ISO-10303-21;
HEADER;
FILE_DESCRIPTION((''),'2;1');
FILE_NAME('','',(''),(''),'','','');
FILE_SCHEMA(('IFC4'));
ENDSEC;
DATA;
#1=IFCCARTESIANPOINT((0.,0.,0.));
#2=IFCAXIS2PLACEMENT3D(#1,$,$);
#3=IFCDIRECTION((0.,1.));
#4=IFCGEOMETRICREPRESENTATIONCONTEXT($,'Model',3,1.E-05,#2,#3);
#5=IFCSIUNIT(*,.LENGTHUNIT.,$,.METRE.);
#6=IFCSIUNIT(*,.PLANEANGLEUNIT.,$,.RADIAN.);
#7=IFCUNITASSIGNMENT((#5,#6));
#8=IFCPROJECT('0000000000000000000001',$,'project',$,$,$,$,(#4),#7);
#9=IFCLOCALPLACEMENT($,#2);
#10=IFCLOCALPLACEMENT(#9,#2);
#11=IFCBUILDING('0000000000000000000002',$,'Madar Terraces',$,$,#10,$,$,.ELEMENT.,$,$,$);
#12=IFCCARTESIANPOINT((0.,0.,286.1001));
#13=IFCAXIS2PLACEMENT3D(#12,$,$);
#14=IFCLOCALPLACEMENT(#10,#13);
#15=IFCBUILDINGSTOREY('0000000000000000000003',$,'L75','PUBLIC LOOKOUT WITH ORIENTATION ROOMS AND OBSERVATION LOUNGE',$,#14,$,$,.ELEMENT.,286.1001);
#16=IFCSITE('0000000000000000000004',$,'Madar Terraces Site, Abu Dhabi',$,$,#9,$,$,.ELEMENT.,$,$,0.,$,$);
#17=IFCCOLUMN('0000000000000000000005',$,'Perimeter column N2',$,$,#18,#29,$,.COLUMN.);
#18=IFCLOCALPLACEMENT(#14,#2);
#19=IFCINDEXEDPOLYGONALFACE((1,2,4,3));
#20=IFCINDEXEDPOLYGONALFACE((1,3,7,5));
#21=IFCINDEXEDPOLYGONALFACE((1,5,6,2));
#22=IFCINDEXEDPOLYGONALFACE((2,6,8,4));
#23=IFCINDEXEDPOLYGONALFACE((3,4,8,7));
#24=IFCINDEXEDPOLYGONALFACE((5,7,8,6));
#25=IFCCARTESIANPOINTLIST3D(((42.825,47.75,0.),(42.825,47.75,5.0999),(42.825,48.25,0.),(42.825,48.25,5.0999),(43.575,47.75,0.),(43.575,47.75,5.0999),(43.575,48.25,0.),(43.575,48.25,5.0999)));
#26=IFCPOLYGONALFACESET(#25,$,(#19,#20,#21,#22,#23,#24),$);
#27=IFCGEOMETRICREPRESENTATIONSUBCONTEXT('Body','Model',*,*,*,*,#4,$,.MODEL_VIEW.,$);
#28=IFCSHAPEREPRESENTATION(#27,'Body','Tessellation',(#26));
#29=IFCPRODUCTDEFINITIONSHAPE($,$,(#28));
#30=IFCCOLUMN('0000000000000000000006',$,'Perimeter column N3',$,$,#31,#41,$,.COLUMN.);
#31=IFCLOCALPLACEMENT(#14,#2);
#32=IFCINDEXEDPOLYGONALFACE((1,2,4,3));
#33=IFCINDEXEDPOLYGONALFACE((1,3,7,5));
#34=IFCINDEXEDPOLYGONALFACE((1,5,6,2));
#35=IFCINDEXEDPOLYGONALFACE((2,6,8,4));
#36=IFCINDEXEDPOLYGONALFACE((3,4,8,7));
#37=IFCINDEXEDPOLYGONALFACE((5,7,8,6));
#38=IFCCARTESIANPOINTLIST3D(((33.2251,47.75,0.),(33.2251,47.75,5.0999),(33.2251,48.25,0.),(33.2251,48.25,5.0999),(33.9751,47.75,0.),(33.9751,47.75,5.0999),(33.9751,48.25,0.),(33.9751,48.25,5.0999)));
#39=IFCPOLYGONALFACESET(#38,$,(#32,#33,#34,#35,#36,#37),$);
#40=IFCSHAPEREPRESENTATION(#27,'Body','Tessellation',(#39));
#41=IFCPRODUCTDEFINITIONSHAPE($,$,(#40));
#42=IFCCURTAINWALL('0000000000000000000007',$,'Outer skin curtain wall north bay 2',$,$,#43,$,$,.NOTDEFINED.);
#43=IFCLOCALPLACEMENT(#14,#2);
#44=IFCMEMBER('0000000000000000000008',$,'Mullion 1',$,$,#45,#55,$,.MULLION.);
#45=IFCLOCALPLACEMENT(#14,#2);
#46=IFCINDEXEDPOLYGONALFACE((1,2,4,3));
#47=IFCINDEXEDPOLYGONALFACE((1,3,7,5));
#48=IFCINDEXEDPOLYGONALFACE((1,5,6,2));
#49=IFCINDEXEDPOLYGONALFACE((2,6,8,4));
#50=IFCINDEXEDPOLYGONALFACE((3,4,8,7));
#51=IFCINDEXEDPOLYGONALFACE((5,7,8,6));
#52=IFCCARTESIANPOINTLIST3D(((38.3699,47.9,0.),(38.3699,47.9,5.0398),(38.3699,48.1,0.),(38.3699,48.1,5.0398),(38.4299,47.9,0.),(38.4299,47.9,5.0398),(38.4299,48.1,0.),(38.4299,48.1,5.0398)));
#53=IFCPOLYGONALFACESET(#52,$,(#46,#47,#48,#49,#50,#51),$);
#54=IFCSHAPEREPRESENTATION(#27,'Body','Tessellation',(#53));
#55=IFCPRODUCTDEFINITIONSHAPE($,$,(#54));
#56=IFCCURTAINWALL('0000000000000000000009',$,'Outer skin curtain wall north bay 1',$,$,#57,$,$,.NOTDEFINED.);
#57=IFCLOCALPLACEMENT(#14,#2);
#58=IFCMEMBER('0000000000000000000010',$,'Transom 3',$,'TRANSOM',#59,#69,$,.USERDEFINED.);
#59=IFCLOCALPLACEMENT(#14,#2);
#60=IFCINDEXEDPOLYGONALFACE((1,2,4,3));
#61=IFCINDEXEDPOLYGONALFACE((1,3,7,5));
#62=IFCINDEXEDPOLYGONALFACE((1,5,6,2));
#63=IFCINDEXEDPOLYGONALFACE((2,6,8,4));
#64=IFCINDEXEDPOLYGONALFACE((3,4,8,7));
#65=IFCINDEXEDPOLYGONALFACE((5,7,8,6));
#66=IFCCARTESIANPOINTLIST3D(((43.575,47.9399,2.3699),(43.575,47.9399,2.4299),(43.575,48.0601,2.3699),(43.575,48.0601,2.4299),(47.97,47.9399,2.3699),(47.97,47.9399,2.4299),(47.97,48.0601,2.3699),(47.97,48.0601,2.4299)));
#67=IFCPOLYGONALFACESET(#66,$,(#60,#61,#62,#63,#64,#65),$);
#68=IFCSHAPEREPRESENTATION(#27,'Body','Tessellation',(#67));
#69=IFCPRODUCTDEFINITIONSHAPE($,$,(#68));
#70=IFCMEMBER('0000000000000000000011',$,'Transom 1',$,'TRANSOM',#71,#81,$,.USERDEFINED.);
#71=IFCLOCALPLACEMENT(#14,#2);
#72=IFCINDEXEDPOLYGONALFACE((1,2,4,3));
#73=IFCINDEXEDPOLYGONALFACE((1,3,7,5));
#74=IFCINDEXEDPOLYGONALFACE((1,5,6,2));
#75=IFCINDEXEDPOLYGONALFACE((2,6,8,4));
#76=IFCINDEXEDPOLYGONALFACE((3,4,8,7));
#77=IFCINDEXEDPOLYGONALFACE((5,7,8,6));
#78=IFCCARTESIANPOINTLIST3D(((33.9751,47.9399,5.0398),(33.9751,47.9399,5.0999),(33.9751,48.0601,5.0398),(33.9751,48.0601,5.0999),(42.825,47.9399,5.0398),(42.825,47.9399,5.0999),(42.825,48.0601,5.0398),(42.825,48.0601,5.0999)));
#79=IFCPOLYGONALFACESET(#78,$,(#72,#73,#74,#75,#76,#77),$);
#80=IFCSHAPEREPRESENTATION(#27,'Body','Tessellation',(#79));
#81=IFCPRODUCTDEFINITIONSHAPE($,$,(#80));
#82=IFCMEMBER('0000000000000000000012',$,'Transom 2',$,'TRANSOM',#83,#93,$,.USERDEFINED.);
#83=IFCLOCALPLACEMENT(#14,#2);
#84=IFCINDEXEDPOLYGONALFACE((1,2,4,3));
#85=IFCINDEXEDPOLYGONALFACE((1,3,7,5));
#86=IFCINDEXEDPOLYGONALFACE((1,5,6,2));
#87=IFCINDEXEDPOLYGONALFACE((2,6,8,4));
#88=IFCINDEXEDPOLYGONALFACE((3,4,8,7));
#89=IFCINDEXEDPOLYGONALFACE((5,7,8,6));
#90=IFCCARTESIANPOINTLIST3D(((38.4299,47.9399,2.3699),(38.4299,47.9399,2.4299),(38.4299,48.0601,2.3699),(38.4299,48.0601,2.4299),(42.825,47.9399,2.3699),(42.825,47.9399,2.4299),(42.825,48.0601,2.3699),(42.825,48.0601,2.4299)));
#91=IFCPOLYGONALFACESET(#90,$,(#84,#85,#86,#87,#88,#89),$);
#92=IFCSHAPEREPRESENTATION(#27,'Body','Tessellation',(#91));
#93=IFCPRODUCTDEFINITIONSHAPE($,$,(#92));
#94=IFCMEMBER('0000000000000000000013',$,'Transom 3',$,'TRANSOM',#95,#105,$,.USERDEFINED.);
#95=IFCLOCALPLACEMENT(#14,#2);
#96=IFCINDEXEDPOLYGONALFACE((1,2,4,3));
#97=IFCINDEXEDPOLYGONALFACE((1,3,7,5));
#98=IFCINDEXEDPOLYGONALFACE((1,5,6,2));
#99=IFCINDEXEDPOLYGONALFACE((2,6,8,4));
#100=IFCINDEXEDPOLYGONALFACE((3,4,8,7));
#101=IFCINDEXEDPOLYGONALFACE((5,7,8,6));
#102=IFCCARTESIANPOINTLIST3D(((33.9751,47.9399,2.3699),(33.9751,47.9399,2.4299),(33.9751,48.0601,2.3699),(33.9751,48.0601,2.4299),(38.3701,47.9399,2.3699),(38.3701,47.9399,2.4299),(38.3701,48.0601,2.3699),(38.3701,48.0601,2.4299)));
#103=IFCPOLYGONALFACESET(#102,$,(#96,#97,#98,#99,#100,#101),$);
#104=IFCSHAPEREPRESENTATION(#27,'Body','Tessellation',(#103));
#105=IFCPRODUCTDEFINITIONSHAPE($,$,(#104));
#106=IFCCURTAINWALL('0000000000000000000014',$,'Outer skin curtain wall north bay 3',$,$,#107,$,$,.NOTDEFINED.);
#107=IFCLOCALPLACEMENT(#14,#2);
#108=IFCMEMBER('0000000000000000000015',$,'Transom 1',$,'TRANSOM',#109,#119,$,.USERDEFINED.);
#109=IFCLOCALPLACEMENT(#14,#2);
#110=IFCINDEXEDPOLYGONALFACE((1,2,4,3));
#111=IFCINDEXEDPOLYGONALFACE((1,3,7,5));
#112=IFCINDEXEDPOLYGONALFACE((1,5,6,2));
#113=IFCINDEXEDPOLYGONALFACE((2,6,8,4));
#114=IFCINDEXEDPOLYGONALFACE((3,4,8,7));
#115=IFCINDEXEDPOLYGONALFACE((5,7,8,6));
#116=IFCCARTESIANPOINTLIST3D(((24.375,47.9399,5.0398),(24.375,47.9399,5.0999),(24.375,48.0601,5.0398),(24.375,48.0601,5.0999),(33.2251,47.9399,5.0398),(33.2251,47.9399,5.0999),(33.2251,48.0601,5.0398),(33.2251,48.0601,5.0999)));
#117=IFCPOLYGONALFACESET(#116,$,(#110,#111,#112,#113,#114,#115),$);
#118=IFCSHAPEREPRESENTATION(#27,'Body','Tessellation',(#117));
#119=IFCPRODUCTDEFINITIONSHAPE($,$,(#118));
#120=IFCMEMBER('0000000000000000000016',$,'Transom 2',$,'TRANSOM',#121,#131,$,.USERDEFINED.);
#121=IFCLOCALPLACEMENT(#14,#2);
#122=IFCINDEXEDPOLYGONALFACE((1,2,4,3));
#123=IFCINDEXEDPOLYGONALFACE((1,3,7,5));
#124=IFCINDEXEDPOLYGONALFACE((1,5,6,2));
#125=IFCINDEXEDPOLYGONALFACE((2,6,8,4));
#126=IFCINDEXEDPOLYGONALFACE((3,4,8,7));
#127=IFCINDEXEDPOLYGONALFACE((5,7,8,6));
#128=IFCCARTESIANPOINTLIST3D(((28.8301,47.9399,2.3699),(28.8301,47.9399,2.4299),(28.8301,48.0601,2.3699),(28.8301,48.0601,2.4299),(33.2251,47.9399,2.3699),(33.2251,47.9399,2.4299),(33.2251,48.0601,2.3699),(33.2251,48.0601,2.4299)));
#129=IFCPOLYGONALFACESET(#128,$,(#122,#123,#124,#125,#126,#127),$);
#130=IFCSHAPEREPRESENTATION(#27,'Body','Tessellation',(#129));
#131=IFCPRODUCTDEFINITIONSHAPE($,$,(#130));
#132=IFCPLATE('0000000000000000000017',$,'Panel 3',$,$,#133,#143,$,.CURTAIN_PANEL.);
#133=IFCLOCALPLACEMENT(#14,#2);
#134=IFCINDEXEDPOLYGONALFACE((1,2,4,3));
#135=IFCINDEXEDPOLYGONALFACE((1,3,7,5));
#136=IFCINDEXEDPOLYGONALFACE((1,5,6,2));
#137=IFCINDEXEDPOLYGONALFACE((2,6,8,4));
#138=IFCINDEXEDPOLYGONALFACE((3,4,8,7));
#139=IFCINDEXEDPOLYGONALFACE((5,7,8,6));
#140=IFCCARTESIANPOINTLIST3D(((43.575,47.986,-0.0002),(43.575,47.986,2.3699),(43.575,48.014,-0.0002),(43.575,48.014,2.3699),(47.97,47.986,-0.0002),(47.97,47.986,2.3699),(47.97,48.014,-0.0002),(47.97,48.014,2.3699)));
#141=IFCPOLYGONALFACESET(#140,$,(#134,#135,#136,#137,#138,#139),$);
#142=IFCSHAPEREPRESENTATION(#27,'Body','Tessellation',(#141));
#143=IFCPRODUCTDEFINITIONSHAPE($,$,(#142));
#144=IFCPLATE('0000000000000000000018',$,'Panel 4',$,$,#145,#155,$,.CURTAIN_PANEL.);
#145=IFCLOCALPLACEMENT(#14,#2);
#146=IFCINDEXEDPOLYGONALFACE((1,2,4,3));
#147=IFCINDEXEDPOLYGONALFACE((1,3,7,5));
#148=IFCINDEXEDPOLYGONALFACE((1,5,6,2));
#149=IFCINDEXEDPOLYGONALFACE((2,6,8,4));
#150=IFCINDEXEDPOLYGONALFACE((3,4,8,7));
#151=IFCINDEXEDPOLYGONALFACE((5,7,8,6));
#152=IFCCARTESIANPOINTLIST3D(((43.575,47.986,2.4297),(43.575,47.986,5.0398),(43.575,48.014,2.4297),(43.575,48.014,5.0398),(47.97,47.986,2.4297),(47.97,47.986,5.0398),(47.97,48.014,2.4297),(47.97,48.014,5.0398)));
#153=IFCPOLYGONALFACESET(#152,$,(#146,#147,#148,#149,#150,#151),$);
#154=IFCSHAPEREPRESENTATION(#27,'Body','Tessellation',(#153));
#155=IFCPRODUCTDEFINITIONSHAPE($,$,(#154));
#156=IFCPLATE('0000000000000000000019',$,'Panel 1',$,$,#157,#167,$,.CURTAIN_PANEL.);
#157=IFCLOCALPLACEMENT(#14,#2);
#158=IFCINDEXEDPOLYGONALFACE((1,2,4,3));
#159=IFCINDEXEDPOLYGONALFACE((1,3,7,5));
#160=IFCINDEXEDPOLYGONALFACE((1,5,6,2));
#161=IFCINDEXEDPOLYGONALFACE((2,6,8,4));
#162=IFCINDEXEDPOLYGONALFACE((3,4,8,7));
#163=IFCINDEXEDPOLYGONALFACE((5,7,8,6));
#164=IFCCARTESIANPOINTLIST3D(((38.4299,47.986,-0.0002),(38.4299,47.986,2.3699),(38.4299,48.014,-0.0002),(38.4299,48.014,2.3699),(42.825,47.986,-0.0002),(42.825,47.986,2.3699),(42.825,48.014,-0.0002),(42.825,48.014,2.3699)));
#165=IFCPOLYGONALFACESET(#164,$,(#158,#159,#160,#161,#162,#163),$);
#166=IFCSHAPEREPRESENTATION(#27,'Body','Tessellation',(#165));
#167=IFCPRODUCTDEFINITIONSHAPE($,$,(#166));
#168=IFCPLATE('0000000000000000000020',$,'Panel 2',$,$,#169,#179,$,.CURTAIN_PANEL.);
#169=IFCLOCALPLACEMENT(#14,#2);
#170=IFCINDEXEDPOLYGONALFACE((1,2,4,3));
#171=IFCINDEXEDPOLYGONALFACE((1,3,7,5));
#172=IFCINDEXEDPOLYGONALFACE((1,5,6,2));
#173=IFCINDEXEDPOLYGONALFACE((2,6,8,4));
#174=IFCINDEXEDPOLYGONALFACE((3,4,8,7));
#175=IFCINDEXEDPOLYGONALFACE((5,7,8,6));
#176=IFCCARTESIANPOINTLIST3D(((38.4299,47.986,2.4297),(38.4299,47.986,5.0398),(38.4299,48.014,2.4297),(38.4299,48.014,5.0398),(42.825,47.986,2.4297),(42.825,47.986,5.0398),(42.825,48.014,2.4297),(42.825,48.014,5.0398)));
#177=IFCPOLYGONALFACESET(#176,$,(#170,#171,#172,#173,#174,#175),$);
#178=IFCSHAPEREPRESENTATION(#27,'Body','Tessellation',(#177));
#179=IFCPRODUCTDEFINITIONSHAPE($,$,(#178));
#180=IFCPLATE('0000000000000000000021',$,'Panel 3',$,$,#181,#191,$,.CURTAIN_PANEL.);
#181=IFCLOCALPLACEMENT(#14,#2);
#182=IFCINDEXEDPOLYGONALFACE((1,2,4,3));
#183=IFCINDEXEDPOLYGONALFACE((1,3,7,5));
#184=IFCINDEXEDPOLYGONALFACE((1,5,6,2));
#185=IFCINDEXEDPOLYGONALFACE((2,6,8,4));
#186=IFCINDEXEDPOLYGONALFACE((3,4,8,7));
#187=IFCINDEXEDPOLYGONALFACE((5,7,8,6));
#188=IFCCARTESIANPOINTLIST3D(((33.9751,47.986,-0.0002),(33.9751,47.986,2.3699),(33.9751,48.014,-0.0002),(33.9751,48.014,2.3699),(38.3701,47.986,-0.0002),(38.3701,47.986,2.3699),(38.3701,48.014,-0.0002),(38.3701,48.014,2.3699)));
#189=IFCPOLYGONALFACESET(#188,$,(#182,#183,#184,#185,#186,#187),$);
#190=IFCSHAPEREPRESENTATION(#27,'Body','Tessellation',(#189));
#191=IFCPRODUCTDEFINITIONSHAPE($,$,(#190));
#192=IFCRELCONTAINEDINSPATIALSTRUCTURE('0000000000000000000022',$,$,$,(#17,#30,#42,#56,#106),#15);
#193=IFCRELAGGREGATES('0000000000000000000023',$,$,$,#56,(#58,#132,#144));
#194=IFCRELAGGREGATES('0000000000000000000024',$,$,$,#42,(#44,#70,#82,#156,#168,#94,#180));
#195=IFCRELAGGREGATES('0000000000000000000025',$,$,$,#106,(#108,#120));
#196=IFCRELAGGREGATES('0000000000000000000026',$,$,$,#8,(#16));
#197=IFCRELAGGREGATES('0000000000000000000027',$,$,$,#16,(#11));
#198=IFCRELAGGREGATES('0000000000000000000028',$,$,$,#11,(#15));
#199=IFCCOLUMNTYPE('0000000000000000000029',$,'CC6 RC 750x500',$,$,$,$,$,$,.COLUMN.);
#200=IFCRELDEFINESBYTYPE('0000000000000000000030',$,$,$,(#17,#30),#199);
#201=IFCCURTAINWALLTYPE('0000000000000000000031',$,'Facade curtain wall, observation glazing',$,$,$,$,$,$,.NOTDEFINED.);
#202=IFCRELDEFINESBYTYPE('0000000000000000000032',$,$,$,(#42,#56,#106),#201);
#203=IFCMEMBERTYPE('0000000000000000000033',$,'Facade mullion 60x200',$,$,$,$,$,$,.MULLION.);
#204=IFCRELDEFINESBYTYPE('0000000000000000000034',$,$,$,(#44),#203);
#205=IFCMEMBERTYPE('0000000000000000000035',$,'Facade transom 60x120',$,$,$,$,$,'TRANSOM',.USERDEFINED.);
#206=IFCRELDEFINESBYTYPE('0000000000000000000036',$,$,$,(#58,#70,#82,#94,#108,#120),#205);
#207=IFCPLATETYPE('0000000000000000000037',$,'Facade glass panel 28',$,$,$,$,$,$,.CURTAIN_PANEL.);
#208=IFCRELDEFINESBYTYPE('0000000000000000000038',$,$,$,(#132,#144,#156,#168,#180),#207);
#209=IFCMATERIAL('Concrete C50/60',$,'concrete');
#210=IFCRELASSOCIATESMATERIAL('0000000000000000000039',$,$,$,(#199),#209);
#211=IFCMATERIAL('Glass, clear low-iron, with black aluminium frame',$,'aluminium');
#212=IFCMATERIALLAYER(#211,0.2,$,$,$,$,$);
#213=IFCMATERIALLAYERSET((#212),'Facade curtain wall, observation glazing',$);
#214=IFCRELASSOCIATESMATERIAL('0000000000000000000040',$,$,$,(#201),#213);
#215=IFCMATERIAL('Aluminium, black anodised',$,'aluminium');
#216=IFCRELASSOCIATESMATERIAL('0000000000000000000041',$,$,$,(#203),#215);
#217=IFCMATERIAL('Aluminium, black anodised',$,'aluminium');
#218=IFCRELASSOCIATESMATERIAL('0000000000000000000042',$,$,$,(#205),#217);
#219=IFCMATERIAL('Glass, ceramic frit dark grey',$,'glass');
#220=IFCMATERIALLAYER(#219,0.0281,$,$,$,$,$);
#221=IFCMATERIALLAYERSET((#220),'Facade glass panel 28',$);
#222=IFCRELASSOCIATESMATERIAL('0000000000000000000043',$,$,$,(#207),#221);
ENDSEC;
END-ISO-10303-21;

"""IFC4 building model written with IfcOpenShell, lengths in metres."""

from ifc_helpers import new_model, si_unit, direction, frame, origin, origin_2d, place, context, subcontext, project, spatial, rectangle, extrude, material, layer, layer_set, material_profile, profile_set, type_object, element, aggregate, save


model = new_model("IFC4")

# Units and contexts
model_context = context("Model", 3, precision=1e-05, world=origin(), true_north=direction((0.0, 1.0)))
body_context = subcontext(model_context, "Body", "Model", "MODEL_VIEW")
ifc_project = project(units=[si_unit("LENGTHUNIT", "METRE"), si_unit("PLANEANGLEUNIT", "RADIAN")], contexts=[model_context])

# Site, building, storey
site_placement = place(None, origin())
site = spatial("IfcSite", under=ifc_project, at=site_placement, Name="Madar Terraces Site, Abu Dhabi", CompositionType="ELEMENT", RefElevation=0.0)
building_placement = place(site_placement, origin())
building = spatial("IfcBuilding", under=site, at=building_placement, Name="Madar Terraces", CompositionType="ELEMENT")
storey_placement = place(building_placement, frame((0.0, 0.0, 286.1001)))
storey = spatial("IfcBuildingStorey", under=building, at=storey_placement, Name="L75", Description="PUBLIC LOOKOUT WITH ORIENTATION ROOMS AND OBSERVATION LOUNGE", CompositionType="ELEMENT", Elevation=286.1001)

# Columns
ifc_material_1 = material(Name="Concrete C50/60", Category="concrete")
ifc_material_profile_1 = material_profile(ifc_material_1, rectangle(XDim=0.75, YDim=0.5, at=origin_2d()), Name="CC6 RC 750x500")
ifc_profile_set_1 = profile_set([ifc_material_profile_1], Name="Concrete C50/60")
column_type = type_object("IfcColumnType", Name="CC6 RC 750x500", PredefinedType="COLUMN", material=ifc_profile_set_1)
for number, where, z_axis, x_axis, name in (
    (1, (43.2, 48.0, 0.0), (0.0, 0.0, 1.0), (1.0, 0.0, 0.0), "Perimeter column N2"),
    (2, (33.6001, 48.0, 0.0), (0.0, 0.0, 1.0), (1.0, 0.0, 0.0), "Perimeter column N3"),
):
    element("IfcColumn", number, at=place(storey_placement, frame(where, z_axis=z_axis, x_axis=x_axis)), inside=storey, type_object=column_type, Name=name, PredefinedType="COLUMN", context=body_context, shape_type="SweptSolid", body=[
        extrude(rectangle(XDim=0.75, YDim=0.5, at=origin_2d()), origin(), (0.0, 0.0, 1.0), 5.0999),
    ])

# Curtain walls, members
ifc_material_2 = material(Name="Glass, clear low-iron, with black aluminium frame", Category="aluminium")
ifc_layer_1 = layer(ifc_material_2, 0.2)
ifc_layer_set_1 = layer_set([ifc_layer_1], Name="Facade curtain wall, observation glazing")
curtain_wall_type = type_object("IfcCurtainWallType", Name="Facade curtain wall, observation glazing", PredefinedType="NOTDEFINED", material=ifc_layer_set_1)
curtain_wall_1_placement = place(storey_placement, origin())
curtain_wall_1 = element("IfcCurtainWall", 3, at=curtain_wall_1_placement, inside=storey, type_object=curtain_wall_type, Name="Outer skin curtain wall north bay 2", PredefinedType="NOTDEFINED")
ifc_material_3 = material(Name="Aluminium, black anodised", Category="aluminium")
ifc_material_profile_2 = material_profile(ifc_material_3, rectangle(XDim=0.2, YDim=0.0601, at=origin_2d()), Name="Facade mullion 60x200")
ifc_profile_set_2 = profile_set([ifc_material_profile_2], Name="Aluminium, black anodised")
member_type_1 = type_object("IfcMemberType", Name="Facade mullion 60x200", PredefinedType="MULLION", material=ifc_profile_set_2)
member_1_placement = place(storey_placement, frame((38.3999, 48.0, 0.0), z_axis=(0.0, 0.0, 1.0), x_axis=(0.0, -1.0, 0.0)))
member_1 = element("IfcMember", 4, at=member_1_placement, type_object=member_type_1, Name="Mullion 1", PredefinedType="MULLION", context=body_context, shape_type="SweptSolid", body=[
    extrude(rectangle(XDim=0.2, YDim=0.0601, at=origin_2d()), origin(), (0.0, 0.0, 1.0), 5.0398),
])
curtain_wall_2_placement = place(storey_placement, origin())
curtain_wall_2 = element("IfcCurtainWall", 5, at=curtain_wall_2_placement, inside=storey, type_object=curtain_wall_type, Name="Outer skin curtain wall north bay 1", PredefinedType="NOTDEFINED")
ifc_material_4 = material(Name="Aluminium, black anodised", Category="aluminium")
ifc_material_profile_3 = material_profile(ifc_material_4, rectangle(XDim=0.1201, YDim=0.0601, at=origin_2d()), Name="Facade transom 60x120")
ifc_profile_set_3 = profile_set([ifc_material_profile_3], Name="Aluminium, black anodised")
member_type_2 = type_object("IfcMemberType", Name="Facade transom 60x120", ElementType="TRANSOM", PredefinedType="USERDEFINED", material=ifc_profile_set_3)
member_2_placement = place(storey_placement, frame((47.97, 48.0, 2.3999), z_axis=(-1.0, 0.0, 0.0), x_axis=(0.0, -1.0, 0.0)))
member_2 = element("IfcMember", 6, at=member_2_placement, type_object=member_type_2, Name="Transom 3", ObjectType="TRANSOM", PredefinedType="USERDEFINED", context=body_context, shape_type="SweptSolid", body=[
    extrude(rectangle(XDim=0.1201, YDim=0.0601, at=origin_2d()), origin(), (0.0, 0.0, 1.0), 4.395),
])

# Members
member_3_placement = place(storey_placement, frame((42.825, 48.0, 5.0698), z_axis=(-1.0, 0.0, 0.0), x_axis=(0.0, -1.0, 0.0)))
member_3 = element("IfcMember", 7, at=member_3_placement, type_object=member_type_2, Name="Transom 1", ObjectType="TRANSOM", PredefinedType="USERDEFINED", context=body_context, shape_type="SweptSolid", body=[
    extrude(rectangle(XDim=0.1201, YDim=0.0601, at=origin_2d()), origin(), (0.0, 0.0, 1.0), 8.8499),
])
member_4_placement = place(storey_placement, frame((42.825, 48.0, 2.3999), z_axis=(-1.0, 0.0, 0.0), x_axis=(0.0, -1.0, 0.0)))
member_4 = element("IfcMember", 8, at=member_4_placement, type_object=member_type_2, Name="Transom 2", ObjectType="TRANSOM", PredefinedType="USERDEFINED", context=body_context, shape_type="SweptSolid", body=[
    extrude(rectangle(XDim=0.1201, YDim=0.0601, at=origin_2d()), origin(), (0.0, 0.0, 1.0), 4.395),
])
member_5_placement = place(storey_placement, frame((38.3701, 48.0, 2.3999), z_axis=(-1.0, 0.0, 0.0), x_axis=(0.0, -1.0, 0.0)))
member_5 = element("IfcMember", 9, at=member_5_placement, type_object=member_type_2, Name="Transom 3", ObjectType="TRANSOM", PredefinedType="USERDEFINED", context=body_context, shape_type="SweptSolid", body=[
    extrude(rectangle(XDim=0.1201, YDim=0.0601, at=origin_2d()), origin(), (0.0, 0.0, 1.0), 4.395),
])

# Curtain wall, members
curtain_wall_3_placement = place(storey_placement, origin())
curtain_wall_3 = element("IfcCurtainWall", 10, at=curtain_wall_3_placement, inside=storey, type_object=curtain_wall_type, Name="Outer skin curtain wall north bay 3", PredefinedType="NOTDEFINED")
member_6_placement = place(storey_placement, frame((33.2251, 48.0, 5.0698), z_axis=(-1.0, 0.0, 0.0), x_axis=(0.0, -1.0, 0.0)))
member_6 = element("IfcMember", 11, at=member_6_placement, type_object=member_type_2, Name="Transom 1", ObjectType="TRANSOM", PredefinedType="USERDEFINED", context=body_context, shape_type="SweptSolid", body=[
    extrude(rectangle(XDim=0.1201, YDim=0.0601, at=origin_2d()), origin(), (0.0, 0.0, 1.0), 8.8501),
])
member_7_placement = place(storey_placement, frame((33.2251, 48.0, 2.3999), z_axis=(-1.0, 0.0, 0.0), x_axis=(0.0, -1.0, 0.0)))
member_7 = element("IfcMember", 12, at=member_7_placement, type_object=member_type_2, Name="Transom 2", ObjectType="TRANSOM", PredefinedType="USERDEFINED", context=body_context, shape_type="SweptSolid", body=[
    extrude(rectangle(XDim=0.1201, YDim=0.0601, at=origin_2d()), origin(), (0.0, 0.0, 1.0), 4.395),
])

# Plates
ifc_material_5 = material(Name="Glass, ceramic frit dark grey", Category="glass")
ifc_layer_2 = layer(ifc_material_5, 0.0281)
ifc_layer_set_2 = layer_set([ifc_layer_2], Name="Facade glass panel 28")
plate_type = type_object("IfcPlateType", Name="Facade glass panel 28", PredefinedType="CURTAIN_PANEL", material=ifc_layer_set_2)
plate_1_placement = place(storey_placement, frame((45.7725, 48.0, -0.0002), z_axis=(0.0, 0.0, 1.0), x_axis=(-1.0, 0.0, 0.0)))
plate_1 = element("IfcPlate", 13, at=plate_1_placement, type_object=plate_type, Name="Panel 3", PredefinedType="CURTAIN_PANEL", context=body_context, shape_type="SweptSolid", body=[
    extrude(rectangle(XDim=4.395, YDim=0.0281, at=origin_2d()), origin(), (0.0, 0.0, 1.0), 2.3701),
])
plate_2_placement = place(storey_placement, frame((45.7725, 48.0, 2.4297), z_axis=(0.0, 0.0, 1.0), x_axis=(-1.0, 0.0, 0.0)))
plate_2 = element("IfcPlate", 14, at=plate_2_placement, type_object=plate_type, Name="Panel 4", PredefinedType="CURTAIN_PANEL", context=body_context, shape_type="SweptSolid", body=[
    extrude(rectangle(XDim=4.395, YDim=0.0281, at=origin_2d()), origin(), (0.0, 0.0, 1.0), 2.6101),
])
aggregate(curtain_wall_2, [member_2, plate_1, plate_2])
plate_3_placement = place(storey_placement, frame((40.6274, 48.0, -0.0002), z_axis=(0.0, 0.0, 1.0), x_axis=(-1.0, 0.0, 0.0)))
plate_3 = element("IfcPlate", 15, at=plate_3_placement, type_object=plate_type, Name="Panel 1", PredefinedType="CURTAIN_PANEL", context=body_context, shape_type="SweptSolid", body=[
    extrude(rectangle(XDim=4.395, YDim=0.0281, at=origin_2d()), origin(), (0.0, 0.0, 1.0), 2.3701),
])
plate_4_placement = place(storey_placement, frame((40.6274, 48.0, 2.4297), z_axis=(0.0, 0.0, 1.0), x_axis=(-1.0, 0.0, 0.0)))
plate_4 = element("IfcPlate", 16, at=plate_4_placement, type_object=plate_type, Name="Panel 2", PredefinedType="CURTAIN_PANEL", context=body_context, shape_type="SweptSolid", body=[
    extrude(rectangle(XDim=4.395, YDim=0.0281, at=origin_2d()), origin(), (0.0, 0.0, 1.0), 2.6101),
])
plate_5_placement = place(storey_placement, frame((36.1726, 48.0, -0.0002), z_axis=(0.0, 0.0, 1.0), x_axis=(-1.0, 0.0, 0.0)))
plate_5 = element("IfcPlate", 17, at=plate_5_placement, type_object=plate_type, Name="Panel 3", PredefinedType="CURTAIN_PANEL", context=body_context, shape_type="SweptSolid", body=[
    extrude(rectangle(XDim=4.395, YDim=0.0281, at=origin_2d()), origin(), (0.0, 0.0, 1.0), 2.3701),
])
aggregate(curtain_wall_1, [member_1, member_3, member_4, plate_3, plate_4, member_5, plate_5])
aggregate(curtain_wall_3, [member_6, member_7])

save(model, "model.ifc")
